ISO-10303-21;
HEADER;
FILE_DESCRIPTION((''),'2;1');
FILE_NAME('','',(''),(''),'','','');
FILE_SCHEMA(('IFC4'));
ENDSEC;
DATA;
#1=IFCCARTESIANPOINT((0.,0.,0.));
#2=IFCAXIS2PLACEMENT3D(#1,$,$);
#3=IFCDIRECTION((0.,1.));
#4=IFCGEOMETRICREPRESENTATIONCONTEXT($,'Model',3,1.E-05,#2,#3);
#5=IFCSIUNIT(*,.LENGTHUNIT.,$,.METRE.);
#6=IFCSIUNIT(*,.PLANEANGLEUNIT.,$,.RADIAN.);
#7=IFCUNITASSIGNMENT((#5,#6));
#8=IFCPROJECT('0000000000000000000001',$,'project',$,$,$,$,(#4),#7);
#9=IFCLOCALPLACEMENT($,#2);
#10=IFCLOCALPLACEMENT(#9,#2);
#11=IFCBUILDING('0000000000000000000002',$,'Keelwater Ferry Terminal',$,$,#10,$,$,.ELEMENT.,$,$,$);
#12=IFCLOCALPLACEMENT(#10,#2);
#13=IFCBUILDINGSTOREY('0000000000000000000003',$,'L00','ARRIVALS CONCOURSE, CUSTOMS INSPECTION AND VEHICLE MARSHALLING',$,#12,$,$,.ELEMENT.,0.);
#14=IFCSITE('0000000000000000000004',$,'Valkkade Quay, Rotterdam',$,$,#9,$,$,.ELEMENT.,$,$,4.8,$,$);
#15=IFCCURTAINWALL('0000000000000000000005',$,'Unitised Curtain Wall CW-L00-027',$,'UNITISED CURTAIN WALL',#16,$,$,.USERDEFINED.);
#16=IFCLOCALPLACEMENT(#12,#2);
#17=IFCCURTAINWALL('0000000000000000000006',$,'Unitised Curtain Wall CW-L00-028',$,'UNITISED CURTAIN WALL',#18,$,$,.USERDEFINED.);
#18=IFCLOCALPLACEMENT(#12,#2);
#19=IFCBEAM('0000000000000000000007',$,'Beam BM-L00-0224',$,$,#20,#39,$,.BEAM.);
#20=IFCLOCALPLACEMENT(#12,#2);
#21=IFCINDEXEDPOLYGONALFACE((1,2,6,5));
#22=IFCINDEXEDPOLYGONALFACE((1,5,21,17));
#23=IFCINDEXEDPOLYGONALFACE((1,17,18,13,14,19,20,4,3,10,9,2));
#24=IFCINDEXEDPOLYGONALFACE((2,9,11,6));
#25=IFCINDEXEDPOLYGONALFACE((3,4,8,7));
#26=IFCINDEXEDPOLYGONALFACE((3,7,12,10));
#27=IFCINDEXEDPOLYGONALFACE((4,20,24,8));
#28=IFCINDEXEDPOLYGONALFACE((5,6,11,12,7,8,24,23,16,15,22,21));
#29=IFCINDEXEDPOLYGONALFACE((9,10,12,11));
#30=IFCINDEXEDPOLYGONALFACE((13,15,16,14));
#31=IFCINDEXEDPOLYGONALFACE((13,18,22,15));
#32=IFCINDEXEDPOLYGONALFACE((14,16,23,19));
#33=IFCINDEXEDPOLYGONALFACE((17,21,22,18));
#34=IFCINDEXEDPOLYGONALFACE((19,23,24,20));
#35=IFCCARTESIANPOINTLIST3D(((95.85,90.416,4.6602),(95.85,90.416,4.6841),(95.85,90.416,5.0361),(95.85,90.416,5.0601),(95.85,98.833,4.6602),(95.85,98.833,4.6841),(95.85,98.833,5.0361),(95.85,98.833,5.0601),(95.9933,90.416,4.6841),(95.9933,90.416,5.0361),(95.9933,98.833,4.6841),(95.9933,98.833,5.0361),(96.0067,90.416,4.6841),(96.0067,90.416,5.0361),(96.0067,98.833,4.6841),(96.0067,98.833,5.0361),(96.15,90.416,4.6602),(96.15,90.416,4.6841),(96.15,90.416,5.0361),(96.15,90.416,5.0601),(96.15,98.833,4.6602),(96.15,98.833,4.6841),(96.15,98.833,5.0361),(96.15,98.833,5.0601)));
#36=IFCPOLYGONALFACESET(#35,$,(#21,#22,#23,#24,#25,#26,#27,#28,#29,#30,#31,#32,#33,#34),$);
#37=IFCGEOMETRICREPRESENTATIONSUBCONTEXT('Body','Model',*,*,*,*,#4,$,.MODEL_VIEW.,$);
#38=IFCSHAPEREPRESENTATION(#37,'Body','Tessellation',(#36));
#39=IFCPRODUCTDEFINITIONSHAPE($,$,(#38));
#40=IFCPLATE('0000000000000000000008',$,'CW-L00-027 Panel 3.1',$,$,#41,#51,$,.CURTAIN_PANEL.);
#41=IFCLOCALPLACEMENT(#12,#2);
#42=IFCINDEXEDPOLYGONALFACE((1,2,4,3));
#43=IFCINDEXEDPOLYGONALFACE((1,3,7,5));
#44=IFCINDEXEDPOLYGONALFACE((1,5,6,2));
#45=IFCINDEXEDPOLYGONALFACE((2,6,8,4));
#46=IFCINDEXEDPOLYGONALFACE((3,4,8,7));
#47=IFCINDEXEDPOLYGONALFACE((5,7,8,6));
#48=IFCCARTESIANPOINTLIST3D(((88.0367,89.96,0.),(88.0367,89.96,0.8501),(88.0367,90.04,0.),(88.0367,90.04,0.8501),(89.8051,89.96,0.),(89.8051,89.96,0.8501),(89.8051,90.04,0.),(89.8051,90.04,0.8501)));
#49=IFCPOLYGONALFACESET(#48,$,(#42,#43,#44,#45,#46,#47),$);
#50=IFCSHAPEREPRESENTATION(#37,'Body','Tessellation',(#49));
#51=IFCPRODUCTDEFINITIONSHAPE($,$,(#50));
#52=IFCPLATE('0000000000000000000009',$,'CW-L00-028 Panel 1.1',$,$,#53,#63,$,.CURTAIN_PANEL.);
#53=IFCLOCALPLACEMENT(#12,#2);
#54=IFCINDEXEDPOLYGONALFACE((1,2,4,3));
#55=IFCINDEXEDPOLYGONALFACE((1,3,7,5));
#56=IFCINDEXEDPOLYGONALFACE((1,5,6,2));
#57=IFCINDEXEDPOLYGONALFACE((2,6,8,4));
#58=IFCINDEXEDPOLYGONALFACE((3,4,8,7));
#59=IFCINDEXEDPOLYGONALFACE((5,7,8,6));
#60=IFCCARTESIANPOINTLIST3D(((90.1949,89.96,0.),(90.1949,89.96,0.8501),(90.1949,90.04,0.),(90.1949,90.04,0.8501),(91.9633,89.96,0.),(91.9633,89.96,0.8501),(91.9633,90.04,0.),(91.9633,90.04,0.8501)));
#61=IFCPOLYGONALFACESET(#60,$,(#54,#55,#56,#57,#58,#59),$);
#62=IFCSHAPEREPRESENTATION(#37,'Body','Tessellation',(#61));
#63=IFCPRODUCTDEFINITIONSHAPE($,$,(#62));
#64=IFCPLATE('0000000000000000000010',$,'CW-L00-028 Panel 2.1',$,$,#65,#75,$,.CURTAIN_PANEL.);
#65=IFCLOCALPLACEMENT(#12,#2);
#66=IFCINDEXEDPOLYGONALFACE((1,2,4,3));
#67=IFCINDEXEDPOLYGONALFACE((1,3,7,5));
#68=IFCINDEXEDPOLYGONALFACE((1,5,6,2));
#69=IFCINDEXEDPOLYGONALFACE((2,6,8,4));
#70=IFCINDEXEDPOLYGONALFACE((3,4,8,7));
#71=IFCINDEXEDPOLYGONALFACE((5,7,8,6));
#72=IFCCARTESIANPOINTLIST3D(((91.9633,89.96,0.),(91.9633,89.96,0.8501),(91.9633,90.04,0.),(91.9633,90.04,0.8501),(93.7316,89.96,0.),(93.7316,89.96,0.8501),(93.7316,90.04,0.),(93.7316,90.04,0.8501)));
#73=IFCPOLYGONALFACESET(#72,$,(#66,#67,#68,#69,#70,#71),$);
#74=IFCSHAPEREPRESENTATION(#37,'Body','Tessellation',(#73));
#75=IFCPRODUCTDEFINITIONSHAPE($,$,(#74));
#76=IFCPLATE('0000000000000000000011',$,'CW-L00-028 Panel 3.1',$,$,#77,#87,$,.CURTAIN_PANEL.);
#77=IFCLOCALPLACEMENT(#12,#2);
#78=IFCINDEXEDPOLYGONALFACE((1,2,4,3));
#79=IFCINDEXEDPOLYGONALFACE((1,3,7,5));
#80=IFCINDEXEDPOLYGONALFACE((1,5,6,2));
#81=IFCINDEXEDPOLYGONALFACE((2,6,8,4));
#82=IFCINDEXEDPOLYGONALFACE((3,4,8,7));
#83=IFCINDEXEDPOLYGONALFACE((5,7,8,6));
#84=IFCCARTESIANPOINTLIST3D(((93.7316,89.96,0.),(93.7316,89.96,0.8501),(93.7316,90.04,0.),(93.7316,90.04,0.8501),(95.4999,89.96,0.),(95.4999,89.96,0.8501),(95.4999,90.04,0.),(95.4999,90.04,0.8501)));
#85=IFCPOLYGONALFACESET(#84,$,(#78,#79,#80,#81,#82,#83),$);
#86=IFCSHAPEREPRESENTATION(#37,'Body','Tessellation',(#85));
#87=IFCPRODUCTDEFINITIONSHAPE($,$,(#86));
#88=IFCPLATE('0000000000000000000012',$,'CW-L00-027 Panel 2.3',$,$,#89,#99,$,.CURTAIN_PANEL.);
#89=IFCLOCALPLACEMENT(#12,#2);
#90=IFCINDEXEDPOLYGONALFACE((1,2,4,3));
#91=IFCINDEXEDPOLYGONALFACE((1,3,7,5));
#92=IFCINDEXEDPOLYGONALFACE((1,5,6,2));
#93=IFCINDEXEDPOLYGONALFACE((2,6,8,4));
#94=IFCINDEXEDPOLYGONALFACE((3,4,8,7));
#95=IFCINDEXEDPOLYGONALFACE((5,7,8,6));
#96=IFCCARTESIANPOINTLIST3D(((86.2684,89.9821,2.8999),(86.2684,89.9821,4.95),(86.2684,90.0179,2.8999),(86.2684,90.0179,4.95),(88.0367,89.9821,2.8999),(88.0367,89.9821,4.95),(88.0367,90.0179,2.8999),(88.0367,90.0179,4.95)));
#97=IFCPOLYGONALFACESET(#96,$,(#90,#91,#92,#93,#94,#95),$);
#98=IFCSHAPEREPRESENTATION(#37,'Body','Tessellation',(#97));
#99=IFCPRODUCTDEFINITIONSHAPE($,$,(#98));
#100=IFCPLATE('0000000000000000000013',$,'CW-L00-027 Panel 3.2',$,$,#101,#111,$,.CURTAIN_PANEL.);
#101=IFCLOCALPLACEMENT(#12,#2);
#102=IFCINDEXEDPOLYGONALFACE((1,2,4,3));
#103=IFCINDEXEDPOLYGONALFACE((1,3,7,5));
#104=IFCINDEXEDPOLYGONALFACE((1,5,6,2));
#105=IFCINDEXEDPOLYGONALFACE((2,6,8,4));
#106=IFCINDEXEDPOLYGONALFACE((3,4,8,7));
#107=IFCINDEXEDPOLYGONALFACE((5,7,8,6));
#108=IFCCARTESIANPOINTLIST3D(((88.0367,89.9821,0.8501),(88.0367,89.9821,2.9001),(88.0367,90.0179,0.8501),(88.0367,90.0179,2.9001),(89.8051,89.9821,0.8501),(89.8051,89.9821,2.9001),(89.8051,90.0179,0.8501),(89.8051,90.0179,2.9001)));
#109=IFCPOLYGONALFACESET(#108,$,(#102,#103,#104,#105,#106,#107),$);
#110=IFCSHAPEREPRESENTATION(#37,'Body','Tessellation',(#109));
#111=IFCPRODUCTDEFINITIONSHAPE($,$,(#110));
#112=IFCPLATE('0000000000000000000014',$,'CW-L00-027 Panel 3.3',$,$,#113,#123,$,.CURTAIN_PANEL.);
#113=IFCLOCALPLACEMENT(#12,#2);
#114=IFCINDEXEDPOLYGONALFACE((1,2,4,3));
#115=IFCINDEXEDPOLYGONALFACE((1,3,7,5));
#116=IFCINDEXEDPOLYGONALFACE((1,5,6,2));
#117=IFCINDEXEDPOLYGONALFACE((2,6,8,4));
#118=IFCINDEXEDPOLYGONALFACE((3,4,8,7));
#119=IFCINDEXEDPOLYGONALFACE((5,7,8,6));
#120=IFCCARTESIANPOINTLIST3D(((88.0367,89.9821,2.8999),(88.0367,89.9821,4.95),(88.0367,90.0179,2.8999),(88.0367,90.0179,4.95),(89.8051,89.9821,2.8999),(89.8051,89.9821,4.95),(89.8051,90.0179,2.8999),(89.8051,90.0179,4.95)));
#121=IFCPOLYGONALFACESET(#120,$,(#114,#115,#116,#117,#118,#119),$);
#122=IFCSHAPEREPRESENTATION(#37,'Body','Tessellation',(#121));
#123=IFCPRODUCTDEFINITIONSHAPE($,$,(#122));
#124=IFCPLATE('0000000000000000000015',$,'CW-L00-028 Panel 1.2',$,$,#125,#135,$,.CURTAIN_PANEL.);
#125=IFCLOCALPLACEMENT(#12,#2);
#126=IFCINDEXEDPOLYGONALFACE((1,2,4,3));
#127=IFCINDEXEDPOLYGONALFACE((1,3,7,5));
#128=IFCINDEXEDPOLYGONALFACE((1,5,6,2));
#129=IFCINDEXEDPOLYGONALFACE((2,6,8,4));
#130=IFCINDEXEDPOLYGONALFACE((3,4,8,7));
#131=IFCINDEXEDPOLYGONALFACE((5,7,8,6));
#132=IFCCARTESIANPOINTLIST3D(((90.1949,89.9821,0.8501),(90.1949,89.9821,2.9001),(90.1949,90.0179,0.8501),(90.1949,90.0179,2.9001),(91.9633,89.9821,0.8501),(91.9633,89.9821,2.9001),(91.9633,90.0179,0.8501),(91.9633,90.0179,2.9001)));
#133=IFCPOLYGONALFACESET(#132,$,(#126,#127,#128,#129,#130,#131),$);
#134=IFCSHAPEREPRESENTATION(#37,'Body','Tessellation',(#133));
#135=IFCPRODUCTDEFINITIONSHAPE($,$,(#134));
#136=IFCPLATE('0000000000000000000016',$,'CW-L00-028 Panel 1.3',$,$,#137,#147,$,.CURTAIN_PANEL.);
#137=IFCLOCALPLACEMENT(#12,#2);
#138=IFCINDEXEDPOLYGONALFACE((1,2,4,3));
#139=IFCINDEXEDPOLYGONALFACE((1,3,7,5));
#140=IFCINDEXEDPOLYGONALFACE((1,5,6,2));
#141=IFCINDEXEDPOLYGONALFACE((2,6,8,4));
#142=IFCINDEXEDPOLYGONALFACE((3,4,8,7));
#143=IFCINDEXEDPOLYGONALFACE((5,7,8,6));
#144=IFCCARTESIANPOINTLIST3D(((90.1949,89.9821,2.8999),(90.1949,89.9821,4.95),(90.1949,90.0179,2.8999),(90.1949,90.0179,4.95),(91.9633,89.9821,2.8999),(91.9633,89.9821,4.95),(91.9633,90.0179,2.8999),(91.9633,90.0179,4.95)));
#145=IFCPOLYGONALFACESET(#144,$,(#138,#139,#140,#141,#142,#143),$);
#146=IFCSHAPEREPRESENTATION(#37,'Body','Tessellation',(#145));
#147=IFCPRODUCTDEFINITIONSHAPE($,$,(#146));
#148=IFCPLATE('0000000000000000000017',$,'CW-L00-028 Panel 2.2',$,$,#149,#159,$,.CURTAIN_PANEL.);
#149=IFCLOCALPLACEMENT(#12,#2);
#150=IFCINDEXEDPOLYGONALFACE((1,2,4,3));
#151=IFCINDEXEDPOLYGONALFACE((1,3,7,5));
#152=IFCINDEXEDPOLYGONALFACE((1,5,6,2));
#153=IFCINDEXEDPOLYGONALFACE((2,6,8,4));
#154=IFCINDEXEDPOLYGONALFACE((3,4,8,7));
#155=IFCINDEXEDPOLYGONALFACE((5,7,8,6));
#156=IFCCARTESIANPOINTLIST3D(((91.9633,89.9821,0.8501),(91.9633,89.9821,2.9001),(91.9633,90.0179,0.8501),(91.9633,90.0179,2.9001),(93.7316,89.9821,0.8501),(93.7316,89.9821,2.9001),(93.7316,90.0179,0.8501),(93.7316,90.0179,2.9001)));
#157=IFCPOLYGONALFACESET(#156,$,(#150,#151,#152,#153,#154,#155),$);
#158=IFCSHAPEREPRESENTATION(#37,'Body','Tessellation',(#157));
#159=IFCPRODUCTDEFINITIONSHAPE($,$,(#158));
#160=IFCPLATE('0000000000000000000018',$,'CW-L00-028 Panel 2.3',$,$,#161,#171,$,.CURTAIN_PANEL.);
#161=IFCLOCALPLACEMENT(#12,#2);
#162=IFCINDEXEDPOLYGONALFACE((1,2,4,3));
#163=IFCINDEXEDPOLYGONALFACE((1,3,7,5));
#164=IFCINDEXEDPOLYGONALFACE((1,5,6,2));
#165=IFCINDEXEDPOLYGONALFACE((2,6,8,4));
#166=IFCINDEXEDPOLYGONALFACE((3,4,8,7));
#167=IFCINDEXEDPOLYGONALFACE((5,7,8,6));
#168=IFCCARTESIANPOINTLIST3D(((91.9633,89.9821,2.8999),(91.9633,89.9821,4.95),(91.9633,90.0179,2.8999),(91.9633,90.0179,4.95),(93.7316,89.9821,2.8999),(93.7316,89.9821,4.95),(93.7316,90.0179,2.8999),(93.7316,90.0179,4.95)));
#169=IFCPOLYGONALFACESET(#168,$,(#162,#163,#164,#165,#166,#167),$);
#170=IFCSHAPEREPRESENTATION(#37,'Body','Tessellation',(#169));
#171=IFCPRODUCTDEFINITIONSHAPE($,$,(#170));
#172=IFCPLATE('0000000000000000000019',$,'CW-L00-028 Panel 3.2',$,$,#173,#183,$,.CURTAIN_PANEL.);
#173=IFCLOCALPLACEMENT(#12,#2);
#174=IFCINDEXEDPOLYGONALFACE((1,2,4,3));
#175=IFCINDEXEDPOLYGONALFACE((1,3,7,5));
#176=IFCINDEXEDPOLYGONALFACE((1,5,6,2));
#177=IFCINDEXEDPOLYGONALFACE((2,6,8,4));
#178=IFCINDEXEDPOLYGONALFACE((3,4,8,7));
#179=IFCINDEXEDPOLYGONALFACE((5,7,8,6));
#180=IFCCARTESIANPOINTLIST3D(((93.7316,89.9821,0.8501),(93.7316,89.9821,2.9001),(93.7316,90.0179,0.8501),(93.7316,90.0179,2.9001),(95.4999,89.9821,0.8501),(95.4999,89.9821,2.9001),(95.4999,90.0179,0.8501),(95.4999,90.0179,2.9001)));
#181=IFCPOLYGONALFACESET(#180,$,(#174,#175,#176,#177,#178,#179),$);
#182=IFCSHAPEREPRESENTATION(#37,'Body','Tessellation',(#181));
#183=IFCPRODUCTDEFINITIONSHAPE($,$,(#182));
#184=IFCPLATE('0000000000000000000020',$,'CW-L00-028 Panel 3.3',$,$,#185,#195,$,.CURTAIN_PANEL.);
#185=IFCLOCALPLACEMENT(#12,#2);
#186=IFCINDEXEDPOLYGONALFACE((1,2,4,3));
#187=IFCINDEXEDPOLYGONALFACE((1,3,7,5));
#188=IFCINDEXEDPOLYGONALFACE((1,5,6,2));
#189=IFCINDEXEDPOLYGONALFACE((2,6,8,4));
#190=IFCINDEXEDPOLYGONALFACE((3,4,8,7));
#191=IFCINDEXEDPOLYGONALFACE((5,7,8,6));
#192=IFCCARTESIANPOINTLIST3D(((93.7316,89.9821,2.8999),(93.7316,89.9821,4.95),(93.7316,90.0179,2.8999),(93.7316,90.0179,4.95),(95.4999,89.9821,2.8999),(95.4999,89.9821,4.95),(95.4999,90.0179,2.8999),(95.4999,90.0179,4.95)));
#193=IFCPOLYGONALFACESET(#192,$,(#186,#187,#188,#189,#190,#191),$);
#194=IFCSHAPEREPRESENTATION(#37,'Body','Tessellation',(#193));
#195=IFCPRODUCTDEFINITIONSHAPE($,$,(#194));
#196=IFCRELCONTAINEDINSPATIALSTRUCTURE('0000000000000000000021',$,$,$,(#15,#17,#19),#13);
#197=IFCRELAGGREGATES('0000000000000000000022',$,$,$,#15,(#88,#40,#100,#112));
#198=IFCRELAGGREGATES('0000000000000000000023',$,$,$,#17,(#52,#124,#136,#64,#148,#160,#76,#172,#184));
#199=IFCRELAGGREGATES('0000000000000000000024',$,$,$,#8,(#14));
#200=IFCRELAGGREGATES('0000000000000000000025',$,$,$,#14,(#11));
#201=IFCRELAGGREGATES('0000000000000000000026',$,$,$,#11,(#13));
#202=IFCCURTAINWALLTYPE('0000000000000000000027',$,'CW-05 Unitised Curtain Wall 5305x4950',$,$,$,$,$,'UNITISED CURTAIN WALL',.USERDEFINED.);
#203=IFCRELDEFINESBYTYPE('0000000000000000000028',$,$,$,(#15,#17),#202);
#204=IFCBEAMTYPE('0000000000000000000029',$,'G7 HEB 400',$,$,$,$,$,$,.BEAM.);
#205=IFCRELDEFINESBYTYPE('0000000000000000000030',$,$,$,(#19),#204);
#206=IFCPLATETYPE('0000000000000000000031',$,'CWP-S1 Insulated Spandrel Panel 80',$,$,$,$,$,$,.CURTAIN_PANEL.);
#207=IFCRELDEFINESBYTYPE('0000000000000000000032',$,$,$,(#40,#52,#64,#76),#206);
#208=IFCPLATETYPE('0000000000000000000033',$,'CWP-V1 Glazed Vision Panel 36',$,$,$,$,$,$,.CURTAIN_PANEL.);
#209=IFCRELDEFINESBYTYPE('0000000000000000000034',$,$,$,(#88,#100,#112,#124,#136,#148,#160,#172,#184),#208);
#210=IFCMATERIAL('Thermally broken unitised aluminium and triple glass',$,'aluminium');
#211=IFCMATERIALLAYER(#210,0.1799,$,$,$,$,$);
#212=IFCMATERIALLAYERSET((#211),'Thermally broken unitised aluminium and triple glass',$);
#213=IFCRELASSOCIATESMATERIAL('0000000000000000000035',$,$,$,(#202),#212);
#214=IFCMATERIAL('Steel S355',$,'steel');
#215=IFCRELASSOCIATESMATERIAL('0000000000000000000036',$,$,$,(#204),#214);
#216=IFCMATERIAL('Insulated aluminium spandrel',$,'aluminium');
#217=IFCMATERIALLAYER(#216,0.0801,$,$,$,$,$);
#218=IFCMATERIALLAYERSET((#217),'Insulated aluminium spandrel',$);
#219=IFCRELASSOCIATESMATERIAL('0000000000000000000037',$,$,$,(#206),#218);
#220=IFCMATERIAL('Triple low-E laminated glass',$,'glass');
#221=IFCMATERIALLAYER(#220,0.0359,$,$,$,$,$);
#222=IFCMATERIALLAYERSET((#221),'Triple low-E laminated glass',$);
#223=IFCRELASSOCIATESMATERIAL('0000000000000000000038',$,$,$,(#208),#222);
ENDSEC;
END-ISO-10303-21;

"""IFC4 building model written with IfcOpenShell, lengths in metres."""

from ifc_helpers import new_model, si_unit, direction, frame, origin, origin_2d, place, context, subcontext, project, spatial, rectangle, i_section, extrude, material, layer, layer_set, material_profile, profile_set, type_object, element, aggregate, save


model = new_model("IFC4")

# Units and contexts
model_context = context("Model", 3, precision=1e-05, world=origin(), true_north=direction((0.0, 1.0)))
body_context = subcontext(model_context, "Body", "Model", "MODEL_VIEW")
ifc_project = project(units=[si_unit("LENGTHUNIT", "METRE"), si_unit("PLANEANGLEUNIT", "RADIAN")], contexts=[model_context])

# Site, building, storey
site_placement = place(None, origin())
site = spatial("IfcSite", under=ifc_project, at=site_placement, Name="Valkkade Quay, Rotterdam", CompositionType="ELEMENT", RefElevation=4.8)
building_placement = place(site_placement, origin())
building = spatial("IfcBuilding", under=site, at=building_placement, Name="Keelwater Ferry Terminal", CompositionType="ELEMENT")
storey_placement = place(building_placement, origin())
storey = spatial("IfcBuildingStorey", under=building, at=storey_placement, Name="L00", Description="ARRIVALS CONCOURSE, CUSTOMS INSPECTION AND VEHICLE MARSHALLING", CompositionType="ELEMENT", Elevation=0.0)

# Curtain walls
ifc_material_1 = material(Name="Thermally broken unitised aluminium and triple glass", Category="aluminium")
ifc_layer_1 = layer(ifc_material_1, 0.1799)
ifc_layer_set_1 = layer_set([ifc_layer_1], Name="Thermally broken unitised aluminium and triple glass")
curtain_wall_type = type_object("IfcCurtainWallType", Name="CW-05 Unitised Curtain Wall 5305x4950", ElementType="UNITISED CURTAIN WALL", PredefinedType="USERDEFINED", material=ifc_layer_set_1)
curtain_wall_1_placement = place(storey_placement, origin())
curtain_wall_1 = element("IfcCurtainWall", 1, at=curtain_wall_1_placement, inside=storey, type_object=curtain_wall_type, Name="Unitised Curtain Wall CW-L00-027", ObjectType="UNITISED CURTAIN WALL", PredefinedType="USERDEFINED")
curtain_wall_2_placement = place(storey_placement, origin())
curtain_wall_2 = element("IfcCurtainWall", 2, at=curtain_wall_2_placement, inside=storey, type_object=curtain_wall_type, Name="Unitised Curtain Wall CW-L00-028", ObjectType="UNITISED CURTAIN WALL", PredefinedType="USERDEFINED")

# Beam
ifc_material_2 = material(Name="Steel S355", Category="steel")
ifc_material_profile_1 = material_profile(ifc_material_2, i_section(OverallWidth=0.3, OverallDepth=0.3999, WebThickness=0.0134, FlangeThickness=0.0239, at=origin_2d()), Name="HEB 400")
ifc_profile_set_1 = profile_set([ifc_material_profile_1], Name="Steel S355")
beam_type = type_object("IfcBeamType", Name="G7 HEB 400", PredefinedType="BEAM", material=ifc_profile_set_1)
beam_placement = place(storey_placement, frame((96.0, 90.416, 4.8601), z_axis=(0.0, 1.0, 0.0), x_axis=(-1.0, 0.0, 0.0)))
element("IfcBeam", 3, at=beam_placement, inside=storey, type_object=beam_type, Name="Beam BM-L00-0224", PredefinedType="BEAM", context=body_context, shape_type="SweptSolid", body=[
    extrude(i_section(OverallWidth=0.3, OverallDepth=0.3999, WebThickness=0.0134, FlangeThickness=0.0239, at=origin_2d()), origin(), (0.0, 0.0, 1.0), 8.417),
])

# Plates
ifc_material_3 = material(Name="Insulated aluminium spandrel", Category="aluminium")
ifc_layer_2 = layer(ifc_material_3, 0.0801)
ifc_layer_set_2 = layer_set([ifc_layer_2], Name="Insulated aluminium spandrel")
plate_type_1 = type_object("IfcPlateType", Name="CWP-S1 Insulated Spandrel Panel 80", PredefinedType="CURTAIN_PANEL", material=ifc_layer_set_2)
plate_1_placement = place(storey_placement, frame((88.9209, 90.0, 0.0), z_axis=(0.0, 0.0, 1.0), x_axis=(1.0, 0.0, 0.0)))
plate_1 = element("IfcPlate", 4, at=plate_1_placement, type_object=plate_type_1, Name="CW-L00-027 Panel 3.1", PredefinedType="CURTAIN_PANEL", context=body_context, shape_type="SweptSolid", body=[
    extrude(rectangle(XDim=1.7683, YDim=0.0801, at=origin_2d()), origin(), (0.0, 0.0, 1.0), 0.8501),
])
plate_2_placement = place(storey_placement, frame((91.0791, 90.0, 0.0), z_axis=(0.0, 0.0, 1.0), x_axis=(1.0, 0.0, 0.0)))
plate_2 = element("IfcPlate", 5, at=plate_2_placement, type_object=plate_type_1, Name="CW-L00-028 Panel 1.1", PredefinedType="CURTAIN_PANEL", context=body_context, shape_type="SweptSolid", body=[
    extrude(rectangle(XDim=1.7683, YDim=0.0801, at=origin_2d()), origin(), (0.0, 0.0, 1.0), 0.8501),
])
plate_3_placement = place(storey_placement, frame((92.8474, 90.0, 0.0), z_axis=(0.0, 0.0, 1.0), x_axis=(1.0, 0.0, 0.0)))
plate_3 = element("IfcPlate", 6, at=plate_3_placement, type_object=plate_type_1, Name="CW-L00-028 Panel 2.1", PredefinedType="CURTAIN_PANEL", context=body_context, shape_type="SweptSolid", body=[
    extrude(rectangle(XDim=1.7683, YDim=0.0801, at=origin_2d()), origin(), (0.0, 0.0, 1.0), 0.8501),
])
plate_4_placement = place(storey_placement, frame((94.6157, 90.0, 0.0), z_axis=(0.0, 0.0, 1.0), x_axis=(1.0, 0.0, 0.0)))
plate_4 = element("IfcPlate", 7, at=plate_4_placement, type_object=plate_type_1, Name="CW-L00-028 Panel 3.1", PredefinedType="CURTAIN_PANEL", context=body_context, shape_type="SweptSolid", body=[
    extrude(rectangle(XDim=1.7683, YDim=0.0801, at=origin_2d()), origin(), (0.0, 0.0, 1.0), 0.8501),
])
ifc_material_4 = material(Name="Triple low-E laminated glass", Category="glass")
ifc_layer_3 = layer(ifc_material_4, 0.0359)
ifc_layer_set_3 = layer_set([ifc_layer_3], Name="Triple low-E laminated glass")
plate_type_2 = type_object("IfcPlateType", Name="CWP-V1 Glazed Vision Panel 36", PredefinedType="CURTAIN_PANEL", material=ifc_layer_set_3)
plate_5_placement = place(storey_placement, frame((87.1526, 90.0, 2.8999), z_axis=(0.0, 0.0, 1.0), x_axis=(1.0, 0.0, 0.0)))
plate_5 = element("IfcPlate", 8, at=plate_5_placement, type_object=plate_type_2, Name="CW-L00-027 Panel 2.3", PredefinedType="CURTAIN_PANEL", context=body_context, shape_type="SweptSolid", body=[
    extrude(rectangle(XDim=1.7683, YDim=0.0359, at=origin_2d()), origin(), (0.0, 0.0, 1.0), 2.05),
])
plate_6_placement = place(storey_placement, frame((88.9209, 90.0, 0.8501), z_axis=(0.0, 0.0, 1.0), x_axis=(1.0, 0.0, 0.0)))
plate_6 = element("IfcPlate", 9, at=plate_6_placement, type_object=plate_type_2, Name="CW-L00-027 Panel 3.2", PredefinedType="CURTAIN_PANEL", context=body_context, shape_type="SweptSolid", body=[
    extrude(rectangle(XDim=1.7683, YDim=0.0359, at=origin_2d()), origin(), (0.0, 0.0, 1.0), 2.05),
])
plate_7_placement = place(storey_placement, frame((88.9209, 90.0, 2.8999), z_axis=(0.0, 0.0, 1.0), x_axis=(1.0, 0.0, 0.0)))
plate_7 = element("IfcPlate", 10, at=plate_7_placement, type_object=plate_type_2, Name="CW-L00-027 Panel 3.3", PredefinedType="CURTAIN_PANEL", context=body_context, shape_type="SweptSolid", body=[
    extrude(rectangle(XDim=1.7683, YDim=0.0359, at=origin_2d()), origin(), (0.0, 0.0, 1.0), 2.05),
])
aggregate(curtain_wall_1, [plate_5, plate_1, plate_6, plate_7])
plate_8_placement = place(storey_placement, frame((91.0791, 90.0, 0.8501), z_axis=(0.0, 0.0, 1.0), x_axis=(1.0, 0.0, 0.0)))
plate_8 = element("IfcPlate", 11, at=plate_8_placement, type_object=plate_type_2, Name="CW-L00-028 Panel 1.2", PredefinedType="CURTAIN_PANEL", context=body_context, shape_type="SweptSolid", body=[
    extrude(rectangle(XDim=1.7683, YDim=0.0359, at=origin_2d()), origin(), (0.0, 0.0, 1.0), 2.05),
])
plate_9_placement = place(storey_placement, frame((91.0791, 90.0, 2.8999), z_axis=(0.0, 0.0, 1.0), x_axis=(1.0, 0.0, 0.0)))
plate_9 = element("IfcPlate", 12, at=plate_9_placement, type_object=plate_type_2, Name="CW-L00-028 Panel 1.3", PredefinedType="CURTAIN_PANEL", context=body_context, shape_type="SweptSolid", body=[
    extrude(rectangle(XDim=1.7683, YDim=0.0359, at=origin_2d()), origin(), (0.0, 0.0, 1.0), 2.05),
])
plate_10_placement = place(storey_placement, frame((92.8474, 90.0, 0.8501), z_axis=(0.0, 0.0, 1.0), x_axis=(1.0, 0.0, 0.0)))
plate_10 = element("IfcPlate", 13, at=plate_10_placement, type_object=plate_type_2, Name="CW-L00-028 Panel 2.2", PredefinedType="CURTAIN_PANEL", context=body_context, shape_type="SweptSolid", body=[
    extrude(rectangle(XDim=1.7683, YDim=0.0359, at=origin_2d()), origin(), (0.0, 0.0, 1.0), 2.05),
])
plate_11_placement = place(storey_placement, frame((92.8474, 90.0, 2.8999), z_axis=(0.0, 0.0, 1.0), x_axis=(1.0, 0.0, 0.0)))
plate_11 = element("IfcPlate", 14, at=plate_11_placement, type_object=plate_type_2, Name="CW-L00-028 Panel 2.3", PredefinedType="CURTAIN_PANEL", context=body_context, shape_type="SweptSolid", body=[
    extrude(rectangle(XDim=1.7683, YDim=0.0359, at=origin_2d()), origin(), (0.0, 0.0, 1.0), 2.05),
])
plate_12_placement = place(storey_placement, frame((94.6157, 90.0, 0.8501), z_axis=(0.0, 0.0, 1.0), x_axis=(1.0, 0.0, 0.0)))
plate_12 = element("IfcPlate", 15, at=plate_12_placement, type_object=plate_type_2, Name="CW-L00-028 Panel 3.2", PredefinedType="CURTAIN_PANEL", context=body_context, shape_type="SweptSolid", body=[
    extrude(rectangle(XDim=1.7683, YDim=0.0359, at=origin_2d()), origin(), (0.0, 0.0, 1.0), 2.05),
])
plate_13_placement = place(storey_placement, frame((94.6157, 90.0, 2.8999), z_axis=(0.0, 0.0, 1.0), x_axis=(1.0, 0.0, 0.0)))
plate_13 = element("IfcPlate", 16, at=plate_13_placement, type_object=plate_type_2, Name="CW-L00-028 Panel 3.3", PredefinedType="CURTAIN_PANEL", context=body_context, shape_type="SweptSolid", body=[
    extrude(rectangle(XDim=1.7683, YDim=0.0359, at=origin_2d()), origin(), (0.0, 0.0, 1.0), 2.05),
])
aggregate(curtain_wall_2, [plate_2, plate_8, plate_9, plate_3, plate_10, plate_11, plate_4, plate_12, plate_13])

save(model, "model.ifc")
